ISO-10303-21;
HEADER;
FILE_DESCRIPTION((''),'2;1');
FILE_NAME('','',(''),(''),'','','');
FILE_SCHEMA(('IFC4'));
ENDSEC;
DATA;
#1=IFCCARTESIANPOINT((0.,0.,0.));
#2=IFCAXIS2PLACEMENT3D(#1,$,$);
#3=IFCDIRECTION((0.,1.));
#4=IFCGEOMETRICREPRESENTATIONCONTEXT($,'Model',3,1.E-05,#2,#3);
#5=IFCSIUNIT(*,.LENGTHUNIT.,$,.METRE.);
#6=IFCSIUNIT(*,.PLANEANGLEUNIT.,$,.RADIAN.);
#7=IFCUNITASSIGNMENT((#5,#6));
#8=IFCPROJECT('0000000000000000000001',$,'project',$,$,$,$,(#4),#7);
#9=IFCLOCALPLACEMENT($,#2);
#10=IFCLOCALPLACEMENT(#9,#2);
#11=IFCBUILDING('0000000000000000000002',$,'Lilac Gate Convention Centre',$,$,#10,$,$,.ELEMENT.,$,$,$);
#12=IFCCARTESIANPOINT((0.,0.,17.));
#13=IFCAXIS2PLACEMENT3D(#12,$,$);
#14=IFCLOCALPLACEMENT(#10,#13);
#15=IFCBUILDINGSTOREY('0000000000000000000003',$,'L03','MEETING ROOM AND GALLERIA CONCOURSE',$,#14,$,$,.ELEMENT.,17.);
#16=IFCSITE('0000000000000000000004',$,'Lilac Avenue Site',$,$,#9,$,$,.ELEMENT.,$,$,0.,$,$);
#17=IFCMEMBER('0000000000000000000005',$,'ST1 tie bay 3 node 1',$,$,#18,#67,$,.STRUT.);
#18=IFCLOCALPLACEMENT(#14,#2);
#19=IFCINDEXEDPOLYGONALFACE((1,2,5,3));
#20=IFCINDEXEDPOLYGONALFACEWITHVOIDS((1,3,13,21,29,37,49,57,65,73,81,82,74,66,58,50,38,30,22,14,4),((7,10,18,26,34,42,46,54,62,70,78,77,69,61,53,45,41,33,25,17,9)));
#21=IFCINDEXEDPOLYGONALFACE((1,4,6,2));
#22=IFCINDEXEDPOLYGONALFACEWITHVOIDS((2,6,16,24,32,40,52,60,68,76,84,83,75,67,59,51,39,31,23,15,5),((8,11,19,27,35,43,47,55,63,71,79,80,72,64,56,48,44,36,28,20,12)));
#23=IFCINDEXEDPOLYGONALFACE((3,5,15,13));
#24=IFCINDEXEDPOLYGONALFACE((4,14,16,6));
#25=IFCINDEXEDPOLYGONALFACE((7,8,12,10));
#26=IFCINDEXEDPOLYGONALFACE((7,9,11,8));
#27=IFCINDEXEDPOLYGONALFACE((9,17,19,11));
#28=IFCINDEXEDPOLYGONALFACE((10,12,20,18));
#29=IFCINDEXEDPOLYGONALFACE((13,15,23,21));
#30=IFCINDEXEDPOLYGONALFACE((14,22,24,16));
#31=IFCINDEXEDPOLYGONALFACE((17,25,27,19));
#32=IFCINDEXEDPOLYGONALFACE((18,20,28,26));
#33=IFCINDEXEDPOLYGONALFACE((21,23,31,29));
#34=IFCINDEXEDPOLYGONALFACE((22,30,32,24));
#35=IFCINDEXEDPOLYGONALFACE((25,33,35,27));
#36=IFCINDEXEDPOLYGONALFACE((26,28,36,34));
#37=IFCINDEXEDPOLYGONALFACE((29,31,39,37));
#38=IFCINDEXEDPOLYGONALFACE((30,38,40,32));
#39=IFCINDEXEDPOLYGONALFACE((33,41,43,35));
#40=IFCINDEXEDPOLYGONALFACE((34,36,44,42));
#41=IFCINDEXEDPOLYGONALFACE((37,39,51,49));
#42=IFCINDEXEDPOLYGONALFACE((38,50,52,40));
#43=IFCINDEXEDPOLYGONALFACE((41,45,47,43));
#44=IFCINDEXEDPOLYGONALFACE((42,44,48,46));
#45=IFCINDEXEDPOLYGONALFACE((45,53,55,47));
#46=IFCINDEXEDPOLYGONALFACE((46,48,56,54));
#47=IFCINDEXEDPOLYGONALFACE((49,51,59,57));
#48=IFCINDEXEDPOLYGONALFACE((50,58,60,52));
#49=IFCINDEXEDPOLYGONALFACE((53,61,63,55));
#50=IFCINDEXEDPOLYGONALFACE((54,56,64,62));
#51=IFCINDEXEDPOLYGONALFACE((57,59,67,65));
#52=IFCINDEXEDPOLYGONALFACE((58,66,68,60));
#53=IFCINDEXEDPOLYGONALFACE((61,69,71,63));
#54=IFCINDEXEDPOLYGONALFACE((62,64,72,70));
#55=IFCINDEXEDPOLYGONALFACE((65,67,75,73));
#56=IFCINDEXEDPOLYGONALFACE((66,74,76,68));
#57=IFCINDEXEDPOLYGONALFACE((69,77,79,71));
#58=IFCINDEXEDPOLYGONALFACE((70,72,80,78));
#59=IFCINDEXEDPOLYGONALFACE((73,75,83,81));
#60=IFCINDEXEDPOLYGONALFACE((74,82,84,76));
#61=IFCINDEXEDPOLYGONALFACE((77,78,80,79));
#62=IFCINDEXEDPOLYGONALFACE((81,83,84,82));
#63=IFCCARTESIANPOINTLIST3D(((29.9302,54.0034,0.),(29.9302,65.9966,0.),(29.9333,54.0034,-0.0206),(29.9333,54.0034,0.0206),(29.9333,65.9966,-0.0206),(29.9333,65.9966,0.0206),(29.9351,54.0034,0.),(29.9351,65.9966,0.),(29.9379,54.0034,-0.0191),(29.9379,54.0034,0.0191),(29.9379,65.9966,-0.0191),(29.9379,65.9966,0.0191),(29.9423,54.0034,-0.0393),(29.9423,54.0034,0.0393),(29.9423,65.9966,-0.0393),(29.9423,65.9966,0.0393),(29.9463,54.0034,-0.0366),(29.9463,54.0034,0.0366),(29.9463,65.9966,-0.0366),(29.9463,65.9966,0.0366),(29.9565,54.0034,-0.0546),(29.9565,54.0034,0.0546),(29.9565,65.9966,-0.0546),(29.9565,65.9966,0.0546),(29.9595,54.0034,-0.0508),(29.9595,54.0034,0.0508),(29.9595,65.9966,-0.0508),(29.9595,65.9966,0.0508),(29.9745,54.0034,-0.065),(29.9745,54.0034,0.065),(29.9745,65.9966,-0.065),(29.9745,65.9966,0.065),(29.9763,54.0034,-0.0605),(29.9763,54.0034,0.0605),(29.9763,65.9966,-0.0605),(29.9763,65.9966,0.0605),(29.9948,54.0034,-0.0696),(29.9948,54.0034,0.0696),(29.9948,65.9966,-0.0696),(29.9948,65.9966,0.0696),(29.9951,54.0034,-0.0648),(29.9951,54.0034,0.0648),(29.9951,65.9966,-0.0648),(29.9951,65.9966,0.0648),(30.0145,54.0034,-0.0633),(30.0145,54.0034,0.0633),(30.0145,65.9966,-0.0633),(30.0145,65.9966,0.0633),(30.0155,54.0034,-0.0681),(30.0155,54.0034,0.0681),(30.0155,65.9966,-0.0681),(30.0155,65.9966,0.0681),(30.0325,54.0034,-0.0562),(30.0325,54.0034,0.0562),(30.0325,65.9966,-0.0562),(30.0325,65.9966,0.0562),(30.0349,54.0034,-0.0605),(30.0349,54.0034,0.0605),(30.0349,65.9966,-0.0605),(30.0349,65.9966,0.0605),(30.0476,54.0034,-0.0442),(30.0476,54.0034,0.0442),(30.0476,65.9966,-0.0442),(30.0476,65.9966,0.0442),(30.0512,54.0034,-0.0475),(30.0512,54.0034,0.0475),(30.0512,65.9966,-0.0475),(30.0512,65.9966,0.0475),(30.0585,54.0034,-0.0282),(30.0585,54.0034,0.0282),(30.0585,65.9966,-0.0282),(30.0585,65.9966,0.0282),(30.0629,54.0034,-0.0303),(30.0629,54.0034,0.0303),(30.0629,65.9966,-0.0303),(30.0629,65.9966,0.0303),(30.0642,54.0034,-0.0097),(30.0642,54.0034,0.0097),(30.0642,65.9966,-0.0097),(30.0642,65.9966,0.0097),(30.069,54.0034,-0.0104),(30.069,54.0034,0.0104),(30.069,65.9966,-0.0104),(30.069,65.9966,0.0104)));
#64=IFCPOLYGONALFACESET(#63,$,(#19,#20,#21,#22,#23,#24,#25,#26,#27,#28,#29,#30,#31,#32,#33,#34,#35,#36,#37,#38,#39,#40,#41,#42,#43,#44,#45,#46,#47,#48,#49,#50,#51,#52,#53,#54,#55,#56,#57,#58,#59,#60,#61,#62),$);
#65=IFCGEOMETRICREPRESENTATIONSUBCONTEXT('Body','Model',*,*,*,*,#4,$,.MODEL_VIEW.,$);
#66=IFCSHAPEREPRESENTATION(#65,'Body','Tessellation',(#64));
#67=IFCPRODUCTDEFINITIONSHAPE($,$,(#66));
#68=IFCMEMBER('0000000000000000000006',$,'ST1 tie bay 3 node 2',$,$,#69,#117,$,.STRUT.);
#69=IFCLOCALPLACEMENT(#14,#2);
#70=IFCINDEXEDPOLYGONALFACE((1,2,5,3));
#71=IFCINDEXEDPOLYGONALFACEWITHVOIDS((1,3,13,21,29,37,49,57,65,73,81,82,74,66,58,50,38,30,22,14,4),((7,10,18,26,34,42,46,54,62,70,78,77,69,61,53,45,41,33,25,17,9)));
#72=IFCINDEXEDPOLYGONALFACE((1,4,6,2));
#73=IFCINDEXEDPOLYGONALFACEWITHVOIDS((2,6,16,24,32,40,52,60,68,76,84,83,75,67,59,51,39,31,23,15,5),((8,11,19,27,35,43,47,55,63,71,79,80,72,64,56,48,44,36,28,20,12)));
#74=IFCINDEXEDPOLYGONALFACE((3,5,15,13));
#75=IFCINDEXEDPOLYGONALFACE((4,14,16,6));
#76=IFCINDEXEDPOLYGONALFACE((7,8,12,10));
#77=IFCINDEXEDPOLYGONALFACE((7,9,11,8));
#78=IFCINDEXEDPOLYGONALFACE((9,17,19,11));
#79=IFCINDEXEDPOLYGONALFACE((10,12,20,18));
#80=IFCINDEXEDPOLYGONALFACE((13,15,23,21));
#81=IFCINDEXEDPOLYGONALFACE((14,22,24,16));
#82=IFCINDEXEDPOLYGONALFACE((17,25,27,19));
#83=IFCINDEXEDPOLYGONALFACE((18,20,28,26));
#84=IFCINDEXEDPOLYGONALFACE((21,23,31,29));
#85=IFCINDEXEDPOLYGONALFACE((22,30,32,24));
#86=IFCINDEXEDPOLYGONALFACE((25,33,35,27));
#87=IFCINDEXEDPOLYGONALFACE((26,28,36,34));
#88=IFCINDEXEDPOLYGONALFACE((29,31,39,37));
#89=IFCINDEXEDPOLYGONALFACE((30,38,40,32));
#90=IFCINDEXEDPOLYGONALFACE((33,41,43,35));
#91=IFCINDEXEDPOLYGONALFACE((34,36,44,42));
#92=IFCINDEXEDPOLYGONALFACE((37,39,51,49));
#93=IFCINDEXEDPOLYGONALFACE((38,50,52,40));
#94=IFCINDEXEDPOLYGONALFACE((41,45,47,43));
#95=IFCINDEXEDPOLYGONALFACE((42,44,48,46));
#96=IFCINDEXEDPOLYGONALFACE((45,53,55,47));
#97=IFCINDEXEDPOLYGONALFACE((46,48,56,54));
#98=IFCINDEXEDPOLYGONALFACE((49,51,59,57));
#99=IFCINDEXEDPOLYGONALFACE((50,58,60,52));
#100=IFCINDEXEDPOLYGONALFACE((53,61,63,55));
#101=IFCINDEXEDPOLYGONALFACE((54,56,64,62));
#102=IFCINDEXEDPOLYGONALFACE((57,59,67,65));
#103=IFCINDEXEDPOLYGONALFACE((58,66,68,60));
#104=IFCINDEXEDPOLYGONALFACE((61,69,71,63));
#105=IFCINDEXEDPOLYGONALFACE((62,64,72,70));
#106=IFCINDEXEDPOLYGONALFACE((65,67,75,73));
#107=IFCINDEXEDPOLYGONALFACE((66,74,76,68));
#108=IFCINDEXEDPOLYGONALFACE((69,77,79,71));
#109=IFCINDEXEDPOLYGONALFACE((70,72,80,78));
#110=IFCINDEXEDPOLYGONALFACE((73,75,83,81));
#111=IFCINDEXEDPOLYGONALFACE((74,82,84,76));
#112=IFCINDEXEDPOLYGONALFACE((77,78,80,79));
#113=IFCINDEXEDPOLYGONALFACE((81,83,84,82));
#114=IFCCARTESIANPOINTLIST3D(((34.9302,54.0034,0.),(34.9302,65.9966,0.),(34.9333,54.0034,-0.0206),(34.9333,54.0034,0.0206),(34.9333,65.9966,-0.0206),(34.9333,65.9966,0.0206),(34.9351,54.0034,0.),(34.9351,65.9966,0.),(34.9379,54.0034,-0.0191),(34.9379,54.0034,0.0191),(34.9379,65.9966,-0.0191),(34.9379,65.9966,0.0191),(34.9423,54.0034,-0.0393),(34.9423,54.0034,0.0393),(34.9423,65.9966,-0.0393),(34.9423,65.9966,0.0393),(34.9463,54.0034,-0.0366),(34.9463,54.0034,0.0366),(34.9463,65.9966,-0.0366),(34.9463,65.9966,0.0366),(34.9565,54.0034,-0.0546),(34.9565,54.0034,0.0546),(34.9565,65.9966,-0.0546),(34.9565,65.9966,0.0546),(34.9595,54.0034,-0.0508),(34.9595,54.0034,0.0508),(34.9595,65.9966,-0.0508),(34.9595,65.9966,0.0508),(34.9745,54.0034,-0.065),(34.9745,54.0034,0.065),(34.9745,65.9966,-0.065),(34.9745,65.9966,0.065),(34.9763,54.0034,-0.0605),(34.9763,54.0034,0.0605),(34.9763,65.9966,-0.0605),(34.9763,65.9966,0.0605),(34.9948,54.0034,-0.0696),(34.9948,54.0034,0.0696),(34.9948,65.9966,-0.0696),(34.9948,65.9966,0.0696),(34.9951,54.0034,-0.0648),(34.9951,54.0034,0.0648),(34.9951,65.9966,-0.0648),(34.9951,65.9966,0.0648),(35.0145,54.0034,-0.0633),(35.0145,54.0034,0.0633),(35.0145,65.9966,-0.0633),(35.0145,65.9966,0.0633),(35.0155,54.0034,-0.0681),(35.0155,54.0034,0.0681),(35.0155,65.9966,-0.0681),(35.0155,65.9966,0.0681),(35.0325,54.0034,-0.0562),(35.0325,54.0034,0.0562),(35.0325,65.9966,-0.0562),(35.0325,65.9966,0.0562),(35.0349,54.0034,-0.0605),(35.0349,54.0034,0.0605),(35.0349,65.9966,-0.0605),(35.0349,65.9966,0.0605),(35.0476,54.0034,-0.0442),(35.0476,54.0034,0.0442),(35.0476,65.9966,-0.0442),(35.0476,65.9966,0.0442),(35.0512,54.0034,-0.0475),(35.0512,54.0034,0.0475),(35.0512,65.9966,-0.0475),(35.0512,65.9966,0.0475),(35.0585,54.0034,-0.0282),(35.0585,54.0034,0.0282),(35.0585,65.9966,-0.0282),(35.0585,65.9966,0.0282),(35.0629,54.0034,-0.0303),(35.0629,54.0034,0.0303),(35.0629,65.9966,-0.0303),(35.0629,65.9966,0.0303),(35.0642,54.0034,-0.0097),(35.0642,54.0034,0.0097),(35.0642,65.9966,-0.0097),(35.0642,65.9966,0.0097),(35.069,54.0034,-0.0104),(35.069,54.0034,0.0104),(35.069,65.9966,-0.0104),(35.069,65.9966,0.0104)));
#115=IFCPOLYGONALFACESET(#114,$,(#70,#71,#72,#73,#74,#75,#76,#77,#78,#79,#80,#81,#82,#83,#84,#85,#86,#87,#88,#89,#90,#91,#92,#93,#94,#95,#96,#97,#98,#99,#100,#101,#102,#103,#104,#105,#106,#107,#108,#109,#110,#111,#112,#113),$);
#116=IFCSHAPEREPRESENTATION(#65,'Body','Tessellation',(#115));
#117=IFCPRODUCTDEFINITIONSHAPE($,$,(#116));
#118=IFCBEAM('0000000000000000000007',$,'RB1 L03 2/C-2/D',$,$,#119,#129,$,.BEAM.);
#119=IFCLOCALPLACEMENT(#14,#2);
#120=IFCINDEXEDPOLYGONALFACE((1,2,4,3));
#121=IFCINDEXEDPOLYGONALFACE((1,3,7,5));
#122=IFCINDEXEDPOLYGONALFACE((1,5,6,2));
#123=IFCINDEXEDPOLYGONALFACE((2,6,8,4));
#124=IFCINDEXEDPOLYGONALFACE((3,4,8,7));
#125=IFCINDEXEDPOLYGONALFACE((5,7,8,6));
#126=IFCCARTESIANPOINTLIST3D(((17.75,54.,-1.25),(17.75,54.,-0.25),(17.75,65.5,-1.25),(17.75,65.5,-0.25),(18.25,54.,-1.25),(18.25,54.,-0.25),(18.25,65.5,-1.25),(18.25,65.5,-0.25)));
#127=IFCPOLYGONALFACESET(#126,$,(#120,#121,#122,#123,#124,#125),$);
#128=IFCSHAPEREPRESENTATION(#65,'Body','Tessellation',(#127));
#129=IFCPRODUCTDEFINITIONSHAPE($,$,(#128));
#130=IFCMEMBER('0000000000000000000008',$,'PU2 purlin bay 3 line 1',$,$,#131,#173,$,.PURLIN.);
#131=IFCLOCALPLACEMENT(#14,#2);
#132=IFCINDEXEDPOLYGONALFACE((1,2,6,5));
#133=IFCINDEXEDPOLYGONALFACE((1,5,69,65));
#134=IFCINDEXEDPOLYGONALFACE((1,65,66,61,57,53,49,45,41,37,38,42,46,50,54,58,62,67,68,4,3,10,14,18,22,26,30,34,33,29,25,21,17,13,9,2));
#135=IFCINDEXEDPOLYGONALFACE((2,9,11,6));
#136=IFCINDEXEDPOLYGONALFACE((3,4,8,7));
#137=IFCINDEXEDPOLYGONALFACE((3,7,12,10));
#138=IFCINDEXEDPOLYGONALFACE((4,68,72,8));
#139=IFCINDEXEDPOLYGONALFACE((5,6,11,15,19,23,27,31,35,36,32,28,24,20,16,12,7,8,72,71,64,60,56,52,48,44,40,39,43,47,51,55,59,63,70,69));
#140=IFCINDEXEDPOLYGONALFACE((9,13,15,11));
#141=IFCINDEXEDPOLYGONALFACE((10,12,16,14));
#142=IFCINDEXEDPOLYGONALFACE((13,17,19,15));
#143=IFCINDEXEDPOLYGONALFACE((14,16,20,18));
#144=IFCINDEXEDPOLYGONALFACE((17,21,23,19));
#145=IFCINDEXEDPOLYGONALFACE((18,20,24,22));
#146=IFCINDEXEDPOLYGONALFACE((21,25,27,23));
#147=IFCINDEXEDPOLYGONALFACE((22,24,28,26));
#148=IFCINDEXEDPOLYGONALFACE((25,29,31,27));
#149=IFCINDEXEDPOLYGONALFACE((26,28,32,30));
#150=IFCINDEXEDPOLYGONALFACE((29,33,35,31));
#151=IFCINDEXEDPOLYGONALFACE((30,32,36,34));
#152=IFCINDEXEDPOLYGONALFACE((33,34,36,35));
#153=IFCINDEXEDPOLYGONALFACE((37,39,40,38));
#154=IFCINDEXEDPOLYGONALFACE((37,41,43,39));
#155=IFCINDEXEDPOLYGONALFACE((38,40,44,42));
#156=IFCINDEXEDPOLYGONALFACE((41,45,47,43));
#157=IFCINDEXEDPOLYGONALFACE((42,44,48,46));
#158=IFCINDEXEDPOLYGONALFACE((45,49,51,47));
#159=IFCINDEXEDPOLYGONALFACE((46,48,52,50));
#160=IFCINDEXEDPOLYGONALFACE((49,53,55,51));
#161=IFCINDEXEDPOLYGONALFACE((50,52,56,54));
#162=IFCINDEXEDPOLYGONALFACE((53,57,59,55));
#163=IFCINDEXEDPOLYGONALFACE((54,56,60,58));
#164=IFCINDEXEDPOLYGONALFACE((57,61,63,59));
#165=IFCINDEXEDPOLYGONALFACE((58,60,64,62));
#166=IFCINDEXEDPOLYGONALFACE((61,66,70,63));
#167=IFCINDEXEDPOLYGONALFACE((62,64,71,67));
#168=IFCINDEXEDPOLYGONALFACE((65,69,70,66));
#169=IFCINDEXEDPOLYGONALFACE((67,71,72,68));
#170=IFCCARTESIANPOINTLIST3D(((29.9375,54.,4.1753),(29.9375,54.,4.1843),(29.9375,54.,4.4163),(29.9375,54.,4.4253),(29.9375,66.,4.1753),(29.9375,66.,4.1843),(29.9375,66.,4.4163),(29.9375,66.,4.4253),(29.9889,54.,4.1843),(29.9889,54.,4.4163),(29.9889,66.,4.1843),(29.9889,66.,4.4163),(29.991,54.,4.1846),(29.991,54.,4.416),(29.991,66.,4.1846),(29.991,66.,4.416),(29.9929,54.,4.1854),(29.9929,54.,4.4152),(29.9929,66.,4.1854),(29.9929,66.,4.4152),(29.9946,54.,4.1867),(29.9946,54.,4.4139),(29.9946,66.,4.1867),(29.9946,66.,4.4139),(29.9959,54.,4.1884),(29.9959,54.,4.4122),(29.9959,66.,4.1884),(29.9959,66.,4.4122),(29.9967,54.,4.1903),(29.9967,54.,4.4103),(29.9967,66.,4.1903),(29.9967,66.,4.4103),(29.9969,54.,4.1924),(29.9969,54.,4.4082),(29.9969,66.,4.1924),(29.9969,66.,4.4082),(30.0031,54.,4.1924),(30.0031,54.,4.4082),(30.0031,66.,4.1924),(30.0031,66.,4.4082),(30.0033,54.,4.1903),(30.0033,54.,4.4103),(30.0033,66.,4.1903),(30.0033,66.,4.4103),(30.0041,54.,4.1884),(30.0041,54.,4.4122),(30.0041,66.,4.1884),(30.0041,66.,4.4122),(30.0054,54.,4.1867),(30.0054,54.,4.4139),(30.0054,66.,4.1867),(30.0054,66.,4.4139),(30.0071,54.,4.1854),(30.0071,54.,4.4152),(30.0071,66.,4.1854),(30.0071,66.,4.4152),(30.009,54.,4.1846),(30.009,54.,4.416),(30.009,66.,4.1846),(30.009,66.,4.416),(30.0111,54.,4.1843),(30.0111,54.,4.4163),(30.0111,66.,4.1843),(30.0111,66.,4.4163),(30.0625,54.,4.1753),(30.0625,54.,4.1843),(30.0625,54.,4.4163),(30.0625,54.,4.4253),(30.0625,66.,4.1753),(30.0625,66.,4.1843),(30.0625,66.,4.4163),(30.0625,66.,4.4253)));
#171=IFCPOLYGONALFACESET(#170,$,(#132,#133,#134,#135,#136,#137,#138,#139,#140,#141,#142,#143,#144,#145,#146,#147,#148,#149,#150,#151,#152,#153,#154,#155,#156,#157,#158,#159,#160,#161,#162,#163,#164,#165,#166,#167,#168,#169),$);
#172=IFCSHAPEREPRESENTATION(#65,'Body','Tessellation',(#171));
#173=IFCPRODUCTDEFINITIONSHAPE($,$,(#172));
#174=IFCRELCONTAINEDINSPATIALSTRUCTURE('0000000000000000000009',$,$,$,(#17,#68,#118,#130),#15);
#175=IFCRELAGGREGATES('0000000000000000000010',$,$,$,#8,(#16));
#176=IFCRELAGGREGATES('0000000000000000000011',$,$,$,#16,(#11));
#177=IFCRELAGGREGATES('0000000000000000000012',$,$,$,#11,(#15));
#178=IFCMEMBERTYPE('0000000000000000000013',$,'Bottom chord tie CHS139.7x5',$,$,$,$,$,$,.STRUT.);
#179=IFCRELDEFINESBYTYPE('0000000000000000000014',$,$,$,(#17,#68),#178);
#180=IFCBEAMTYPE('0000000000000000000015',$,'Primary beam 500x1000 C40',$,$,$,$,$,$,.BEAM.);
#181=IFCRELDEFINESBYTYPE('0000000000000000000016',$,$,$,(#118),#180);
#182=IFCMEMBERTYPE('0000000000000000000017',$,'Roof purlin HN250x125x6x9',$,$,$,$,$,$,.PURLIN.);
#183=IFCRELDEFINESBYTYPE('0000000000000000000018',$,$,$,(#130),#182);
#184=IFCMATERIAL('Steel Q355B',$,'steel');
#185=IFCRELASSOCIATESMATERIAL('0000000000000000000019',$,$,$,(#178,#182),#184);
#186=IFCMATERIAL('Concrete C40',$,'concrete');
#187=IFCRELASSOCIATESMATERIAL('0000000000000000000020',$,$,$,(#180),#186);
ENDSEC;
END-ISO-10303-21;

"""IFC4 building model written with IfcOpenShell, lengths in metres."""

from ifc_helpers import new_model, si_unit, direction, frame, origin, origin_2d, place, context, subcontext, project, spatial, rectangle, hollow_circle, i_section, extrude, material, material_profile, profile_set, type_object, element, save


model = new_model("IFC4")

# Units and contexts
model_context = context("Model", 3, precision=1e-05, world=origin(), true_north=direction((0.0, 1.0)))
body_context = subcontext(model_context, "Body", "Model", "MODEL_VIEW")
ifc_project = project(units=[si_unit("LENGTHUNIT", "METRE"), si_unit("PLANEANGLEUNIT", "RADIAN")], contexts=[model_context])

# Site, building, storey
site_placement = place(None, origin())
site = spatial("IfcSite", under=ifc_project, at=site_placement, Name="Lilac Avenue Site", CompositionType="ELEMENT", RefElevation=0.0)
building_placement = place(site_placement, origin())
building = spatial("IfcBuilding", under=site, at=building_placement, Name="Lilac Gate Convention Centre", CompositionType="ELEMENT")
storey_placement = place(building_placement, frame((0.0, 0.0, 17.0)))
storey = spatial("IfcBuildingStorey", under=building, at=storey_placement, Name="L03", Description="MEETING ROOM AND GALLERIA CONCOURSE", CompositionType="ELEMENT", Elevation=17.0)

# Shared definitions
ifc_material_1 = material(Name="Steel Q355B", Category="steel")

# Members
ifc_material_profile_1 = material_profile(ifc_material_1, hollow_circle(Radius=0.0698, WallThickness=0.0049, at=origin_2d()), Name="CHS139.7x5")
ifc_profile_set_1 = profile_set([ifc_material_profile_1], Name="Steel Q355B")
member_type_1 = type_object("IfcMemberType", Name="Bottom chord tie CHS139.7x5", PredefinedType="STRUT", material=ifc_profile_set_1)
for number, where, z_axis, x_axis, name in (
    (1, (30.0, 54.0034, 0.0), (0.0, 1.0, 0.0), (-1.0, 0.0, 0.0), "ST1 tie bay 3 node 1"),
    (2, (35.0, 54.0034, 0.0), (0.0, 1.0, 0.0), (-1.0, 0.0, 0.0), "ST1 tie bay 3 node 2"),
):
    element("IfcMember", number, at=place(storey_placement, frame(where, z_axis=z_axis, x_axis=x_axis)), inside=storey, type_object=member_type_1, Name=name, PredefinedType="STRUT", context=body_context, shape_type="SweptSolid", body=[
        extrude(hollow_circle(Radius=0.0698, WallThickness=0.0049, at=origin_2d()), origin(), (0.0, 0.0, 1.0), 11.9932),
    ])

# Beam
ifc_material_2 = material(Name="Concrete C40", Category="concrete")
ifc_material_profile_2 = material_profile(ifc_material_2, rectangle(XDim=0.5, YDim=1.0, at=origin_2d()), Name="RC 500x1000")
ifc_profile_set_2 = profile_set([ifc_material_profile_2], Name="Concrete C40")
beam_type = type_object("IfcBeamType", Name="Primary beam 500x1000 C40", PredefinedType="BEAM", material=ifc_profile_set_2)
beam_placement = place(storey_placement, frame((18.0, 54.0, -0.75), z_axis=(0.0, 1.0, 0.0), x_axis=(-1.0, 0.0, 0.0)))
element("IfcBeam", 3, at=beam_placement, inside=storey, type_object=beam_type, Name="RB1 L03 2/C-2/D", PredefinedType="BEAM", context=body_context, shape_type="SweptSolid", body=[
    extrude(rectangle(XDim=0.5, YDim=1.0, at=origin_2d()), origin(), (0.0, 0.0, 1.0), 11.5),
])

# Member
ifc_material_profile_3 = material_profile(ifc_material_1, i_section(OverallWidth=0.125, OverallDepth=0.25, WebThickness=0.0061, FlangeThickness=0.009, FilletRadius=0.0081, at=origin_2d()), Name="HN250x125x6x9")
ifc_profile_set_3 = profile_set([ifc_material_profile_3], Name="Steel Q355B")
member_type_2 = type_object("IfcMemberType", Name="Roof purlin HN250x125x6x9", PredefinedType="PURLIN", material=ifc_profile_set_3)
for number, where, z_axis, x_axis, name in (
    (4, (30.0, 54.0, 4.3003), (0.0, 1.0, 0.0), (-1.0, 0.0, 0.0), "PU2 purlin bay 3 line 1"),
):
    element("IfcMember", number, at=place(storey_placement, frame(where, z_axis=z_axis, x_axis=x_axis)), inside=storey, type_object=member_type_2, Name=name, PredefinedType="PURLIN", context=body_context, shape_type="SweptSolid", body=[
        extrude(i_section(OverallWidth=0.125, OverallDepth=0.25, WebThickness=0.0061, FlangeThickness=0.009, FilletRadius=0.0081, at=origin_2d()), origin(), (0.0, 0.0, 1.0), 12.0),
    ])

save(model, "model.ifc")
